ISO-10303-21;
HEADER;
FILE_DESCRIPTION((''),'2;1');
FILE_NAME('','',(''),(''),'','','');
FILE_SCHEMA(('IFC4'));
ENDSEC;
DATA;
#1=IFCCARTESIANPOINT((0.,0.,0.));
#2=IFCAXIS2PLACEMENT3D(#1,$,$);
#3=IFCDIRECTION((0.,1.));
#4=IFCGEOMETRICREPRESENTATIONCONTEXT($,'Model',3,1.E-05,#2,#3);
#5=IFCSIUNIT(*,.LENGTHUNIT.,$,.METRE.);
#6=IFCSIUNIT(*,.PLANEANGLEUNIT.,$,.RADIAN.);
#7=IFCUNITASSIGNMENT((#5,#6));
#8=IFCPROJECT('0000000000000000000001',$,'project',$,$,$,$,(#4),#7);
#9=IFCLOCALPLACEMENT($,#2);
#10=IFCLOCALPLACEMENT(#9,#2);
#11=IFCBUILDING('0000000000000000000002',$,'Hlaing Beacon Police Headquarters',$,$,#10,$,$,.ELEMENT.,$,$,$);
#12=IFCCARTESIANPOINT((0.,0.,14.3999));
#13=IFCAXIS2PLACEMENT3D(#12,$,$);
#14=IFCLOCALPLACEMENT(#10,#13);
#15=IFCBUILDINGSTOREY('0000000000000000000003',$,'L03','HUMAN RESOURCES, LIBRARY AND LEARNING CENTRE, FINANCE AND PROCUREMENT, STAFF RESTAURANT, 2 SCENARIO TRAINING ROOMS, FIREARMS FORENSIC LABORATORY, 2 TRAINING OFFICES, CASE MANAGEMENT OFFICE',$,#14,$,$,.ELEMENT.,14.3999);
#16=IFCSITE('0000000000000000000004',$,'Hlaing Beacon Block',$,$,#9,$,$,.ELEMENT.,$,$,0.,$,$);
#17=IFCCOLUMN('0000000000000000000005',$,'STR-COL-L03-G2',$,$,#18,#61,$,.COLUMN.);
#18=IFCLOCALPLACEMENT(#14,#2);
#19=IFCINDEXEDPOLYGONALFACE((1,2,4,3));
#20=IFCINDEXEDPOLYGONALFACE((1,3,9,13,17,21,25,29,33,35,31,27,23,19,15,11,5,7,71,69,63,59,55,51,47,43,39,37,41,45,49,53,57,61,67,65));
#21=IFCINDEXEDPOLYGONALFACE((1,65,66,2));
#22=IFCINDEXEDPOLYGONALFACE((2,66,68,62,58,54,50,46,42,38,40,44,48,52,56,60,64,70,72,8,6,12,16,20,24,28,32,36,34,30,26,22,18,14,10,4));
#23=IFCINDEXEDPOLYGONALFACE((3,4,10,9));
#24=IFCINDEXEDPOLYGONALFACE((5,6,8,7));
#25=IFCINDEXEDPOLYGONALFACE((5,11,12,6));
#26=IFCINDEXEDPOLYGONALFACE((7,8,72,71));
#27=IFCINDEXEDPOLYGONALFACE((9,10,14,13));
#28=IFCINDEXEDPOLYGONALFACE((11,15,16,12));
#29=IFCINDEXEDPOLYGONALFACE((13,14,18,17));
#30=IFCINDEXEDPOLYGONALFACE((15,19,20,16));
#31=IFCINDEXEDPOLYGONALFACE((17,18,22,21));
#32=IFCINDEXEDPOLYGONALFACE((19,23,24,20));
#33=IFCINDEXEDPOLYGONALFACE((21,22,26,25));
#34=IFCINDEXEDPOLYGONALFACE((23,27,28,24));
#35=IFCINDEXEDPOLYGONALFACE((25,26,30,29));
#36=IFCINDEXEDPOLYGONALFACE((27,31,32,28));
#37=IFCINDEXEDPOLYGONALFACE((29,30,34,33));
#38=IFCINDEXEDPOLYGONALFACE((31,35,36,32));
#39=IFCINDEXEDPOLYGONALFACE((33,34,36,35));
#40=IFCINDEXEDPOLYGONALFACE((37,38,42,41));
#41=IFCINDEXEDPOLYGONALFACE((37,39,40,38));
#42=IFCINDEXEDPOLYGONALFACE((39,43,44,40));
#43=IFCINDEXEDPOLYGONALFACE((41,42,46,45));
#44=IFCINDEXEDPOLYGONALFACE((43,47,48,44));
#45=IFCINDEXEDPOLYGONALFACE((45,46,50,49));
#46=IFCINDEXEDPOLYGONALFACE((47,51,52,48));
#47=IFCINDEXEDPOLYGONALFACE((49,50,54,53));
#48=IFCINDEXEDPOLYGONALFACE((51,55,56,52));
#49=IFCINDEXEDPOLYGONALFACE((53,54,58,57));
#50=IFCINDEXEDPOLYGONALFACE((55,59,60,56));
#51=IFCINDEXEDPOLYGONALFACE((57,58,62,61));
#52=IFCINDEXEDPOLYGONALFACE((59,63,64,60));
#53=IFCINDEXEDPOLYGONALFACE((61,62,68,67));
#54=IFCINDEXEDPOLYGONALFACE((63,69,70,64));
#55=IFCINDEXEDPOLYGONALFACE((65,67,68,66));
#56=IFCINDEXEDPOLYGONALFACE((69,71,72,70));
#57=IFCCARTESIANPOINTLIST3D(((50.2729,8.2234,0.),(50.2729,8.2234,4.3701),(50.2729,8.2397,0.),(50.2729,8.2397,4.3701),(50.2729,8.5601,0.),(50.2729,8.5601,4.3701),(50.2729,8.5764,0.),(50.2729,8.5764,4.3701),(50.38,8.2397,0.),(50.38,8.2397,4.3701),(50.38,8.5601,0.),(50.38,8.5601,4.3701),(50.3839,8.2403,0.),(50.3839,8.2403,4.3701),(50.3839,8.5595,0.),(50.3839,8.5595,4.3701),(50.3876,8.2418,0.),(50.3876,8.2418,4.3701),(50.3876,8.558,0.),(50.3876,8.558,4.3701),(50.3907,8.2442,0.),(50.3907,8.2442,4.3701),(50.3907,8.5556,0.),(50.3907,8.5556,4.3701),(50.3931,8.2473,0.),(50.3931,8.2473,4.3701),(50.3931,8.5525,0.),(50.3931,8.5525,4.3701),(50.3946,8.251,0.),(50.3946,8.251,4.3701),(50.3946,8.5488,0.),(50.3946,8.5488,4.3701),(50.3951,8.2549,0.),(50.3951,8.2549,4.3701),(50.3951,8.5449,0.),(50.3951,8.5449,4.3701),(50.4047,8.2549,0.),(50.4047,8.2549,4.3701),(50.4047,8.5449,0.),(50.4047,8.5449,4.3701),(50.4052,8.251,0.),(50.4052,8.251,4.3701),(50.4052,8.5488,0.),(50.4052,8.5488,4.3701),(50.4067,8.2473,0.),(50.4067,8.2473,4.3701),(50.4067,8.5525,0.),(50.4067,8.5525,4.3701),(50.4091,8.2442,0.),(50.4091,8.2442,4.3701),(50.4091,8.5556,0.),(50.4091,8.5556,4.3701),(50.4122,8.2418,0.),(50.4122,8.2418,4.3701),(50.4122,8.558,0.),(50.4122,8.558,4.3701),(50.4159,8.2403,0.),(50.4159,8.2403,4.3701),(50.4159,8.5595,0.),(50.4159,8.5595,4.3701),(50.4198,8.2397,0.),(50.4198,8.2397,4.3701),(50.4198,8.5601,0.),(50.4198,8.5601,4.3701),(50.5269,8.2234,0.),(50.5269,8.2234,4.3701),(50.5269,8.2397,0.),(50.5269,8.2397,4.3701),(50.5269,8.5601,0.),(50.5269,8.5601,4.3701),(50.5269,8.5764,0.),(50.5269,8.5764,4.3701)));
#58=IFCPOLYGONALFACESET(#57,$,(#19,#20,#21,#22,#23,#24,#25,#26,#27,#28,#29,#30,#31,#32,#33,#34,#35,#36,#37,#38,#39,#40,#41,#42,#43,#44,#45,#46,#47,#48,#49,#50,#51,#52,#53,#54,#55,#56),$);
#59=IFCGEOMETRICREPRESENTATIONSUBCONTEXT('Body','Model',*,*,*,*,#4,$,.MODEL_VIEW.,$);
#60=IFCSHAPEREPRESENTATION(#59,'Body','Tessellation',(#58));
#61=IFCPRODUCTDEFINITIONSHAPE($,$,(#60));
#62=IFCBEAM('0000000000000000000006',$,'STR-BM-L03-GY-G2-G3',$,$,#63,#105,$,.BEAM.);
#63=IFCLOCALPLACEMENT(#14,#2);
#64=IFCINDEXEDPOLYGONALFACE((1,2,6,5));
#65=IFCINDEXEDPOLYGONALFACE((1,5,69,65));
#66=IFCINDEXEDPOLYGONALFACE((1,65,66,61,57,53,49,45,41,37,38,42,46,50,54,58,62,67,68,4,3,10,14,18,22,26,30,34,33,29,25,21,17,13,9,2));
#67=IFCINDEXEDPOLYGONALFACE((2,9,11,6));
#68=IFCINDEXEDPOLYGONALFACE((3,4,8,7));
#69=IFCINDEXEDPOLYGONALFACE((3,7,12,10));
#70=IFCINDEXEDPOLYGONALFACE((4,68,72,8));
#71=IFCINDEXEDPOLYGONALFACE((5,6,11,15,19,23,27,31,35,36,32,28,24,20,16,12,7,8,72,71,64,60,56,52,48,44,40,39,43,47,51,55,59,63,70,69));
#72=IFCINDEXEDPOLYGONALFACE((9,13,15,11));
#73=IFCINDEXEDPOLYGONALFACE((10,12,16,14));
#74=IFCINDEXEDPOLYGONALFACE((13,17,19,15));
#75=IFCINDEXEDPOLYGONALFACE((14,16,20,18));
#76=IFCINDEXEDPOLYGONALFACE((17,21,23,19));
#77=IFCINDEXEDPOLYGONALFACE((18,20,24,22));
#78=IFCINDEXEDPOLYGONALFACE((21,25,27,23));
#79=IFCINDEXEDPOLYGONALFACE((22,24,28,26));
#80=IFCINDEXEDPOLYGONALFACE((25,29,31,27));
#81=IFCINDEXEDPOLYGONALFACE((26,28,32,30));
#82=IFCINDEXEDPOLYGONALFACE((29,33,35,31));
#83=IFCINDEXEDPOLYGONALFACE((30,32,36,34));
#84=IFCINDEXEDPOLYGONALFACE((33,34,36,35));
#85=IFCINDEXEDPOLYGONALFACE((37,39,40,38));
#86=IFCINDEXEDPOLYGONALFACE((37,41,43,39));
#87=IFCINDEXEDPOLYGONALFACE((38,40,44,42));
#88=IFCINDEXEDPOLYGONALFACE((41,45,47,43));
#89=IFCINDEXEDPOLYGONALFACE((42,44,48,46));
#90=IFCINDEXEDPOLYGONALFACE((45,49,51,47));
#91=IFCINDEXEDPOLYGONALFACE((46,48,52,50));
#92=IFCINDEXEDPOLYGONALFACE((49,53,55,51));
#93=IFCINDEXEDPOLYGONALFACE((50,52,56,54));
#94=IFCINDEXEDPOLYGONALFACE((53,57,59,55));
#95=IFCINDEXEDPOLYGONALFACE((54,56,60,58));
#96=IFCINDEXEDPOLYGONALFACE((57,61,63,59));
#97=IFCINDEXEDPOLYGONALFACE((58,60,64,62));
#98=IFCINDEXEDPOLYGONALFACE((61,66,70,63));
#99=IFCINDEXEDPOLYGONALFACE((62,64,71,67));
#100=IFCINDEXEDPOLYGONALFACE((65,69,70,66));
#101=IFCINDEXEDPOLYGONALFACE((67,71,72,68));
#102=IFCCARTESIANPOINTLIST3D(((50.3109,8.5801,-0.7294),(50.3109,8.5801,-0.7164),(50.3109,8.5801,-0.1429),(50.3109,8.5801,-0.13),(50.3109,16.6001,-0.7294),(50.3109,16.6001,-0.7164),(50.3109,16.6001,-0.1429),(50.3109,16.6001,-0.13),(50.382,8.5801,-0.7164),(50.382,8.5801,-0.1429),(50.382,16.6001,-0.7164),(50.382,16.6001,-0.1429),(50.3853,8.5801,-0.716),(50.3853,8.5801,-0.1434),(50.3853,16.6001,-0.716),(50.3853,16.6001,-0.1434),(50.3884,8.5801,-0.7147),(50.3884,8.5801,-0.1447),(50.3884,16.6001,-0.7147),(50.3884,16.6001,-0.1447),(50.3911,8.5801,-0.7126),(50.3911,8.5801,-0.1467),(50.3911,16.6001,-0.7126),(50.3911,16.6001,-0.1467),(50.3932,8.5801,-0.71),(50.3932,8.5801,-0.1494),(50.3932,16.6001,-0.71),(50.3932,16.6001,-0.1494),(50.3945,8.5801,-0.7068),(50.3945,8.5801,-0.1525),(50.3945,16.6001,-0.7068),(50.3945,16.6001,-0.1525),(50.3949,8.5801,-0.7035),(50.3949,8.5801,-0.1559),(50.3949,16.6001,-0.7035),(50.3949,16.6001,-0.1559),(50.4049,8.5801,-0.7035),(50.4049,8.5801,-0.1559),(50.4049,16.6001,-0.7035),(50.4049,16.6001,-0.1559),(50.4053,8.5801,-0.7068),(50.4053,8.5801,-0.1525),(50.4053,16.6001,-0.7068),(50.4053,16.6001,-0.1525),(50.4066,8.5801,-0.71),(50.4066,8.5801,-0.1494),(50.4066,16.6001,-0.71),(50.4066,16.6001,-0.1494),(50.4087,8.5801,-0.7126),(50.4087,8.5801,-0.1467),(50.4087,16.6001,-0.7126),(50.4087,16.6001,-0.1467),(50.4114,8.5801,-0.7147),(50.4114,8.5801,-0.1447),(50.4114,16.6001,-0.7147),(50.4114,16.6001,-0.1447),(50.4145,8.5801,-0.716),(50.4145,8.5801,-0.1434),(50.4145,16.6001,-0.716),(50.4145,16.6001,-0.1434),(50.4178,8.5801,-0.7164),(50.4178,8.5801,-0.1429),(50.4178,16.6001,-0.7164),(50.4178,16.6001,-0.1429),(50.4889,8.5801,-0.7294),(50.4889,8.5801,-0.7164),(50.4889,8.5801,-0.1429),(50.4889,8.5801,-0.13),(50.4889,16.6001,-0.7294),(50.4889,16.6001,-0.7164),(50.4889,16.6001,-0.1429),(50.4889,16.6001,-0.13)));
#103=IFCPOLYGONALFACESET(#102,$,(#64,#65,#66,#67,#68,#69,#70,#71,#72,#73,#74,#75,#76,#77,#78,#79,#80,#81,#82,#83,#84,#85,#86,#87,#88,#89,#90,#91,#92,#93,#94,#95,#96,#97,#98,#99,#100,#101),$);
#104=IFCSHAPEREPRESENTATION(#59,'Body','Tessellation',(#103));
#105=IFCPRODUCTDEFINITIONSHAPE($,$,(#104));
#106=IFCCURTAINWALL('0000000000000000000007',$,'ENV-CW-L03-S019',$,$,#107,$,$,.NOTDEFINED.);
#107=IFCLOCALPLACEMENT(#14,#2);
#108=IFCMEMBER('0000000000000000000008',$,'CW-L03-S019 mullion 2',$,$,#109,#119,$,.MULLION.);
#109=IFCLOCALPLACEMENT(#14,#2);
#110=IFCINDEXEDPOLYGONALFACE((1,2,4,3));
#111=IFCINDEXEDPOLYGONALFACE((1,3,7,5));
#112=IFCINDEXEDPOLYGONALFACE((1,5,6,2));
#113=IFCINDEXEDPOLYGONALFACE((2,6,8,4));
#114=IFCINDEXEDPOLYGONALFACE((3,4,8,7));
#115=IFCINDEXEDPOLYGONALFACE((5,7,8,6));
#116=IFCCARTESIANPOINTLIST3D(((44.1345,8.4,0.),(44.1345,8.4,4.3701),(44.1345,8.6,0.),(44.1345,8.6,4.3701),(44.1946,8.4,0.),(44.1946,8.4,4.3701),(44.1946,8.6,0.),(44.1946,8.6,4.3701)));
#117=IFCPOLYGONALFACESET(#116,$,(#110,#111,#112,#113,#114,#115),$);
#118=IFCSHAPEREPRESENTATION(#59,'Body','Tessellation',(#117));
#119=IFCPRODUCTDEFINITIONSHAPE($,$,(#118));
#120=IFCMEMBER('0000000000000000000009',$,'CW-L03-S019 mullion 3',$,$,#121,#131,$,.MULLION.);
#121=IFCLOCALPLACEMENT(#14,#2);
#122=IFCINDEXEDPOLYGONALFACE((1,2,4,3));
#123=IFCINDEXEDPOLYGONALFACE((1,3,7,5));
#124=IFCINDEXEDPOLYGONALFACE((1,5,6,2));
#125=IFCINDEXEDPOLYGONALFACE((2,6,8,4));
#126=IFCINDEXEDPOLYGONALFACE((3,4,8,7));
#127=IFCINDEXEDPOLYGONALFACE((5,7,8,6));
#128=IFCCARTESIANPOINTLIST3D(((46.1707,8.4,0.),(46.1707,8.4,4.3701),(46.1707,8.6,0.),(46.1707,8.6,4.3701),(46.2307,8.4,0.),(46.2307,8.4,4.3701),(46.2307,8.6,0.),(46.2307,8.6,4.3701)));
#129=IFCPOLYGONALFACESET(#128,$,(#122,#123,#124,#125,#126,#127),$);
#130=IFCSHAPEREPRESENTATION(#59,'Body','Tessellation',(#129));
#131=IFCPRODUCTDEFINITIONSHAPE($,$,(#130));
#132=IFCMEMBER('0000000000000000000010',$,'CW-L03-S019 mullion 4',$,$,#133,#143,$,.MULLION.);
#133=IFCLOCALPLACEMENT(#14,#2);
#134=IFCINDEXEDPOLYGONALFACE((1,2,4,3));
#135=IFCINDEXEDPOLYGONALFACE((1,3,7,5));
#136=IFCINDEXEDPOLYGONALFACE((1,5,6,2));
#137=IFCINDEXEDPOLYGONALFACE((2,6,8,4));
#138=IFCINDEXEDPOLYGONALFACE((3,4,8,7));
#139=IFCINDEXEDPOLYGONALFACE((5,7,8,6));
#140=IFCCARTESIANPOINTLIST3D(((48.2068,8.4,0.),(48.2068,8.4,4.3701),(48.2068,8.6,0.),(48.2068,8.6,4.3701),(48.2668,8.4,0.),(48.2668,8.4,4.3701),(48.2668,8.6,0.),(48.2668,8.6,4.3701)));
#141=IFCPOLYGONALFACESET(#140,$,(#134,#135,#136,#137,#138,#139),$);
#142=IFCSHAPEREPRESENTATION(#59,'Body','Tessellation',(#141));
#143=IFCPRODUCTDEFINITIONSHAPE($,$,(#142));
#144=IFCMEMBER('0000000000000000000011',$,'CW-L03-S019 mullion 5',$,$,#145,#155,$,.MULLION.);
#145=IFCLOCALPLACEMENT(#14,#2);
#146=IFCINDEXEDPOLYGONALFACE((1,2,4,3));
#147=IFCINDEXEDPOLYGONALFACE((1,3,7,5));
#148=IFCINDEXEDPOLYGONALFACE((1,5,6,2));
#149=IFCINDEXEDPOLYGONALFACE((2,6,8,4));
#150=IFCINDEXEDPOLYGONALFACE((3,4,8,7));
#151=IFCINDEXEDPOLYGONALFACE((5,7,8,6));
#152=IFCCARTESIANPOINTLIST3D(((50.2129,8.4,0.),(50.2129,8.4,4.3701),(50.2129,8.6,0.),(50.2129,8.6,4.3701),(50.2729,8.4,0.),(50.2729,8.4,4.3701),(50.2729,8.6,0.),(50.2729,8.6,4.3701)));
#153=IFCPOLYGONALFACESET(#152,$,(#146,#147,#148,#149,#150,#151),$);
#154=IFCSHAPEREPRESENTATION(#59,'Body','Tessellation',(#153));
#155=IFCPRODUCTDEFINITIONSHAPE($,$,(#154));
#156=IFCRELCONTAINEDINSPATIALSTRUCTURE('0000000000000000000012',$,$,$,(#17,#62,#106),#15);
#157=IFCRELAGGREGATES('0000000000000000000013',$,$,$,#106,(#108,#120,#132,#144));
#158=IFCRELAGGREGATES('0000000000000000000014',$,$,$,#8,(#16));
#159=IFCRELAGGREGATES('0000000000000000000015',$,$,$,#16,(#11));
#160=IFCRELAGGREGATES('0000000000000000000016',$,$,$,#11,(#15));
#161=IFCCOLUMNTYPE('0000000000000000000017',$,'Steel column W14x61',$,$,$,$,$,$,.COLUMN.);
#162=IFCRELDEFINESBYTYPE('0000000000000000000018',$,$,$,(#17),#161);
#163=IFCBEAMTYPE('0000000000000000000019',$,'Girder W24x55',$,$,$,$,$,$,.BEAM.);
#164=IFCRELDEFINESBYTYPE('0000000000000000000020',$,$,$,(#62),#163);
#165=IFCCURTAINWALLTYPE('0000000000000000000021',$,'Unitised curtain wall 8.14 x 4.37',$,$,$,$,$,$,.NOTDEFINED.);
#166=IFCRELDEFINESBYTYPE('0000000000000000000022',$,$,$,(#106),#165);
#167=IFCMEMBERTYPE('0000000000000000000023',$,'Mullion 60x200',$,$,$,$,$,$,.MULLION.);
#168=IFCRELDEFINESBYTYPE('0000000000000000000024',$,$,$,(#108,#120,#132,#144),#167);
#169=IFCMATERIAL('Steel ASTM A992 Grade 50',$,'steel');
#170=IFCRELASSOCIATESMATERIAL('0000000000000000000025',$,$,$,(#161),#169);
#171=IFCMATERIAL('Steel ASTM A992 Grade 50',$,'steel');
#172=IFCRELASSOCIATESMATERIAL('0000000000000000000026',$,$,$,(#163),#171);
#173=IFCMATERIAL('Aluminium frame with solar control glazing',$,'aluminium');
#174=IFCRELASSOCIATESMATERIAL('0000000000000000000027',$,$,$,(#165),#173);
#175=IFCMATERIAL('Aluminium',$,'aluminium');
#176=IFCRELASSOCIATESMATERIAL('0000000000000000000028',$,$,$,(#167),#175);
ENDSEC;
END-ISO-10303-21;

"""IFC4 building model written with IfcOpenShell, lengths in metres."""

from ifc_helpers import new_model, si_unit, direction, frame, origin, origin_2d, place, context, subcontext, project, spatial, rectangle, i_section, extrude, material, material_profile, profile_set, type_object, element, aggregate, save


model = new_model("IFC4")

# Units and contexts
model_context = context("Model", 3, precision=1e-05, world=origin(), true_north=direction((0.0, 1.0)))
body_context = subcontext(model_context, "Body", "Model", "MODEL_VIEW")
ifc_project = project(units=[si_unit("LENGTHUNIT", "METRE"), si_unit("PLANEANGLEUNIT", "RADIAN")], contexts=[model_context])

# Site, building, storey
site_placement = place(None, origin())
site = spatial("IfcSite", under=ifc_project, at=site_placement, Name="Hlaing Beacon Block", CompositionType="ELEMENT", RefElevation=0.0)
building_placement = place(site_placement, origin())
building = spatial("IfcBuilding", under=site, at=building_placement, Name="Hlaing Beacon Police Headquarters", CompositionType="ELEMENT")
storey_placement = place(building_placement, frame((0.0, 0.0, 14.3999)))
storey = spatial("IfcBuildingStorey", under=building, at=storey_placement, Name="L03", Description="HUMAN RESOURCES, LIBRARY AND LEARNING CENTRE, FINANCE AND PROCUREMENT, STAFF RESTAURANT, 2 SCENARIO TRAINING ROOMS, FIREARMS FORENSIC LABORATORY, 2 TRAINING OFFICES, CASE MANAGEMENT OFFICE", CompositionType="ELEMENT", Elevation=14.3999)

# Column
ifc_material_1 = material(Name="Steel ASTM A992 Grade 50", Category="steel")
ifc_material_profile_1 = material_profile(ifc_material_1, i_section(OverallWidth=0.2539, OverallDepth=0.353, WebThickness=0.0095, FlangeThickness=0.0164, FilletRadius=0.0151, at=origin_2d()), Name="W14x61")
ifc_profile_set_1 = profile_set([ifc_material_profile_1], Name="Steel ASTM A992 Grade 50")
column_type = type_object("IfcColumnType", Name="Steel column W14x61", PredefinedType="COLUMN", material=ifc_profile_set_1)
column_placement = place(storey_placement, frame((50.3999, 8.3999, 0.0), z_axis=(0.0, 0.0, 1.0), x_axis=(1.0, 0.0, 0.0)))
element("IfcColumn", 1, at=column_placement, inside=storey, type_object=column_type, Name="STR-COL-L03-G2", PredefinedType="COLUMN", context=body_context, shape_type="SweptSolid", body=[
    extrude(i_section(OverallWidth=0.2539, OverallDepth=0.353, WebThickness=0.0095, FlangeThickness=0.0164, FilletRadius=0.0151, at=origin_2d()), origin(), (0.0, 0.0, 1.0), 4.3701),
])

# Beam
ifc_material_2 = material(Name="Steel ASTM A992 Grade 50", Category="steel")
ifc_material_profile_2 = material_profile(ifc_material_2, i_section(OverallWidth=0.178, OverallDepth=0.5994, WebThickness=0.01, FlangeThickness=0.0129, FilletRadius=0.0129, at=origin_2d()), Name="W24x55")
ifc_profile_set_2 = profile_set([ifc_material_profile_2], Name="Steel ASTM A992 Grade 50")
beam_type_1 = type_object("IfcBeamType", Name="Girder W24x55", PredefinedType="BEAM", material=ifc_profile_set_2)
beam_placement = place(storey_placement, frame((50.3999, 8.5801, -0.4297), z_axis=(0.0, 1.0, 0.0), x_axis=(-1.0, 0.0, 0.0)))
element("IfcBeam", 2, at=beam_placement, inside=storey, type_object=beam_type_1, Name="STR-BM-L03-GY-G2-G3", PredefinedType="BEAM", context=body_context, shape_type="SweptSolid", body=[
    extrude(i_section(OverallWidth=0.178, OverallDepth=0.5994, WebThickness=0.01, FlangeThickness=0.0129, FilletRadius=0.0129, at=origin_2d()), origin(), (0.0, 0.0, 1.0), 8.02),
])

# Curtain wall, members
ifc_material_3 = material(Name="Aluminium frame with solar control glazing", Category="aluminium")
curtain_wall_type = type_object("IfcCurtainWallType", Name="Unitised curtain wall 8.14 x 4.37", PredefinedType="NOTDEFINED", material=ifc_material_3)
curtain_wall_placement = place(storey_placement, origin())
curtain_wall = element("IfcCurtainWall", 3, at=curtain_wall_placement, inside=storey, type_object=curtain_wall_type, Name="ENV-CW-L03-S019", PredefinedType="NOTDEFINED")
ifc_material_4 = material(Name="Aluminium", Category="aluminium")
ifc_material_profile_3 = material_profile(ifc_material_4, rectangle(XDim=0.2, YDim=0.0601, at=origin_2d()), Name="Mullion 60x200")
ifc_profile_set_3 = profile_set([ifc_material_profile_3], Name="Aluminium")
member_type_1 = type_object("IfcMemberType", Name="Mullion 60x200", PredefinedType="MULLION", material=ifc_profile_set_3)
member_1_placement = place(storey_placement, frame((44.1646, 8.5, 0.0), z_axis=(0.0, 0.0, 1.0), x_axis=(0.0, 1.0, 0.0)))
member_1 = element("IfcMember", 4, at=member_1_placement, type_object=member_type_1, Name="CW-L03-S019 mullion 2", PredefinedType="MULLION", context=body_context, shape_type="SweptSolid", body=[
    extrude(rectangle(XDim=0.2, YDim=0.0601, at=origin_2d()), origin(), (0.0, 0.0, 1.0), 4.3701),
])
member_2_placement = place(storey_placement, frame((46.2007, 8.5, 0.0), z_axis=(0.0, 0.0, 1.0), x_axis=(0.0, 1.0, 0.0)))
member_2 = element("IfcMember", 5, at=member_2_placement, type_object=member_type_1, Name="CW-L03-S019 mullion 3", PredefinedType="MULLION", context=body_context, shape_type="SweptSolid", body=[
    extrude(rectangle(XDim=0.2, YDim=0.0601, at=origin_2d()), origin(), (0.0, 0.0, 1.0), 4.3701),
])
member_3_placement = place(storey_placement, frame((48.2368, 8.5, 0.0), z_axis=(0.0, 0.0, 1.0), x_axis=(0.0, 1.0, 0.0)))
member_3 = element("IfcMember", 6, at=member_3_placement, type_object=member_type_1, Name="CW-L03-S019 mullion 4", PredefinedType="MULLION", context=body_context, shape_type="SweptSolid", body=[
    extrude(rectangle(XDim=0.2, YDim=0.0601, at=origin_2d()), origin(), (0.0, 0.0, 1.0), 4.3701),
])
member_4_placement = place(storey_placement, frame((50.2429, 8.5, 0.0), z_axis=(0.0, 0.0, 1.0), x_axis=(0.0, 1.0, 0.0)))
member_4 = element("IfcMember", 7, at=member_4_placement, type_object=member_type_1, Name="CW-L03-S019 mullion 5", PredefinedType="MULLION", context=body_context, shape_type="SweptSolid", body=[
    extrude(rectangle(XDim=0.2, YDim=0.0601, at=origin_2d()), origin(), (0.0, 0.0, 1.0), 4.3701),
])

aggregate(curtain_wall, [member_1, member_2, member_3, member_4])

save(model, "model.ifc")
